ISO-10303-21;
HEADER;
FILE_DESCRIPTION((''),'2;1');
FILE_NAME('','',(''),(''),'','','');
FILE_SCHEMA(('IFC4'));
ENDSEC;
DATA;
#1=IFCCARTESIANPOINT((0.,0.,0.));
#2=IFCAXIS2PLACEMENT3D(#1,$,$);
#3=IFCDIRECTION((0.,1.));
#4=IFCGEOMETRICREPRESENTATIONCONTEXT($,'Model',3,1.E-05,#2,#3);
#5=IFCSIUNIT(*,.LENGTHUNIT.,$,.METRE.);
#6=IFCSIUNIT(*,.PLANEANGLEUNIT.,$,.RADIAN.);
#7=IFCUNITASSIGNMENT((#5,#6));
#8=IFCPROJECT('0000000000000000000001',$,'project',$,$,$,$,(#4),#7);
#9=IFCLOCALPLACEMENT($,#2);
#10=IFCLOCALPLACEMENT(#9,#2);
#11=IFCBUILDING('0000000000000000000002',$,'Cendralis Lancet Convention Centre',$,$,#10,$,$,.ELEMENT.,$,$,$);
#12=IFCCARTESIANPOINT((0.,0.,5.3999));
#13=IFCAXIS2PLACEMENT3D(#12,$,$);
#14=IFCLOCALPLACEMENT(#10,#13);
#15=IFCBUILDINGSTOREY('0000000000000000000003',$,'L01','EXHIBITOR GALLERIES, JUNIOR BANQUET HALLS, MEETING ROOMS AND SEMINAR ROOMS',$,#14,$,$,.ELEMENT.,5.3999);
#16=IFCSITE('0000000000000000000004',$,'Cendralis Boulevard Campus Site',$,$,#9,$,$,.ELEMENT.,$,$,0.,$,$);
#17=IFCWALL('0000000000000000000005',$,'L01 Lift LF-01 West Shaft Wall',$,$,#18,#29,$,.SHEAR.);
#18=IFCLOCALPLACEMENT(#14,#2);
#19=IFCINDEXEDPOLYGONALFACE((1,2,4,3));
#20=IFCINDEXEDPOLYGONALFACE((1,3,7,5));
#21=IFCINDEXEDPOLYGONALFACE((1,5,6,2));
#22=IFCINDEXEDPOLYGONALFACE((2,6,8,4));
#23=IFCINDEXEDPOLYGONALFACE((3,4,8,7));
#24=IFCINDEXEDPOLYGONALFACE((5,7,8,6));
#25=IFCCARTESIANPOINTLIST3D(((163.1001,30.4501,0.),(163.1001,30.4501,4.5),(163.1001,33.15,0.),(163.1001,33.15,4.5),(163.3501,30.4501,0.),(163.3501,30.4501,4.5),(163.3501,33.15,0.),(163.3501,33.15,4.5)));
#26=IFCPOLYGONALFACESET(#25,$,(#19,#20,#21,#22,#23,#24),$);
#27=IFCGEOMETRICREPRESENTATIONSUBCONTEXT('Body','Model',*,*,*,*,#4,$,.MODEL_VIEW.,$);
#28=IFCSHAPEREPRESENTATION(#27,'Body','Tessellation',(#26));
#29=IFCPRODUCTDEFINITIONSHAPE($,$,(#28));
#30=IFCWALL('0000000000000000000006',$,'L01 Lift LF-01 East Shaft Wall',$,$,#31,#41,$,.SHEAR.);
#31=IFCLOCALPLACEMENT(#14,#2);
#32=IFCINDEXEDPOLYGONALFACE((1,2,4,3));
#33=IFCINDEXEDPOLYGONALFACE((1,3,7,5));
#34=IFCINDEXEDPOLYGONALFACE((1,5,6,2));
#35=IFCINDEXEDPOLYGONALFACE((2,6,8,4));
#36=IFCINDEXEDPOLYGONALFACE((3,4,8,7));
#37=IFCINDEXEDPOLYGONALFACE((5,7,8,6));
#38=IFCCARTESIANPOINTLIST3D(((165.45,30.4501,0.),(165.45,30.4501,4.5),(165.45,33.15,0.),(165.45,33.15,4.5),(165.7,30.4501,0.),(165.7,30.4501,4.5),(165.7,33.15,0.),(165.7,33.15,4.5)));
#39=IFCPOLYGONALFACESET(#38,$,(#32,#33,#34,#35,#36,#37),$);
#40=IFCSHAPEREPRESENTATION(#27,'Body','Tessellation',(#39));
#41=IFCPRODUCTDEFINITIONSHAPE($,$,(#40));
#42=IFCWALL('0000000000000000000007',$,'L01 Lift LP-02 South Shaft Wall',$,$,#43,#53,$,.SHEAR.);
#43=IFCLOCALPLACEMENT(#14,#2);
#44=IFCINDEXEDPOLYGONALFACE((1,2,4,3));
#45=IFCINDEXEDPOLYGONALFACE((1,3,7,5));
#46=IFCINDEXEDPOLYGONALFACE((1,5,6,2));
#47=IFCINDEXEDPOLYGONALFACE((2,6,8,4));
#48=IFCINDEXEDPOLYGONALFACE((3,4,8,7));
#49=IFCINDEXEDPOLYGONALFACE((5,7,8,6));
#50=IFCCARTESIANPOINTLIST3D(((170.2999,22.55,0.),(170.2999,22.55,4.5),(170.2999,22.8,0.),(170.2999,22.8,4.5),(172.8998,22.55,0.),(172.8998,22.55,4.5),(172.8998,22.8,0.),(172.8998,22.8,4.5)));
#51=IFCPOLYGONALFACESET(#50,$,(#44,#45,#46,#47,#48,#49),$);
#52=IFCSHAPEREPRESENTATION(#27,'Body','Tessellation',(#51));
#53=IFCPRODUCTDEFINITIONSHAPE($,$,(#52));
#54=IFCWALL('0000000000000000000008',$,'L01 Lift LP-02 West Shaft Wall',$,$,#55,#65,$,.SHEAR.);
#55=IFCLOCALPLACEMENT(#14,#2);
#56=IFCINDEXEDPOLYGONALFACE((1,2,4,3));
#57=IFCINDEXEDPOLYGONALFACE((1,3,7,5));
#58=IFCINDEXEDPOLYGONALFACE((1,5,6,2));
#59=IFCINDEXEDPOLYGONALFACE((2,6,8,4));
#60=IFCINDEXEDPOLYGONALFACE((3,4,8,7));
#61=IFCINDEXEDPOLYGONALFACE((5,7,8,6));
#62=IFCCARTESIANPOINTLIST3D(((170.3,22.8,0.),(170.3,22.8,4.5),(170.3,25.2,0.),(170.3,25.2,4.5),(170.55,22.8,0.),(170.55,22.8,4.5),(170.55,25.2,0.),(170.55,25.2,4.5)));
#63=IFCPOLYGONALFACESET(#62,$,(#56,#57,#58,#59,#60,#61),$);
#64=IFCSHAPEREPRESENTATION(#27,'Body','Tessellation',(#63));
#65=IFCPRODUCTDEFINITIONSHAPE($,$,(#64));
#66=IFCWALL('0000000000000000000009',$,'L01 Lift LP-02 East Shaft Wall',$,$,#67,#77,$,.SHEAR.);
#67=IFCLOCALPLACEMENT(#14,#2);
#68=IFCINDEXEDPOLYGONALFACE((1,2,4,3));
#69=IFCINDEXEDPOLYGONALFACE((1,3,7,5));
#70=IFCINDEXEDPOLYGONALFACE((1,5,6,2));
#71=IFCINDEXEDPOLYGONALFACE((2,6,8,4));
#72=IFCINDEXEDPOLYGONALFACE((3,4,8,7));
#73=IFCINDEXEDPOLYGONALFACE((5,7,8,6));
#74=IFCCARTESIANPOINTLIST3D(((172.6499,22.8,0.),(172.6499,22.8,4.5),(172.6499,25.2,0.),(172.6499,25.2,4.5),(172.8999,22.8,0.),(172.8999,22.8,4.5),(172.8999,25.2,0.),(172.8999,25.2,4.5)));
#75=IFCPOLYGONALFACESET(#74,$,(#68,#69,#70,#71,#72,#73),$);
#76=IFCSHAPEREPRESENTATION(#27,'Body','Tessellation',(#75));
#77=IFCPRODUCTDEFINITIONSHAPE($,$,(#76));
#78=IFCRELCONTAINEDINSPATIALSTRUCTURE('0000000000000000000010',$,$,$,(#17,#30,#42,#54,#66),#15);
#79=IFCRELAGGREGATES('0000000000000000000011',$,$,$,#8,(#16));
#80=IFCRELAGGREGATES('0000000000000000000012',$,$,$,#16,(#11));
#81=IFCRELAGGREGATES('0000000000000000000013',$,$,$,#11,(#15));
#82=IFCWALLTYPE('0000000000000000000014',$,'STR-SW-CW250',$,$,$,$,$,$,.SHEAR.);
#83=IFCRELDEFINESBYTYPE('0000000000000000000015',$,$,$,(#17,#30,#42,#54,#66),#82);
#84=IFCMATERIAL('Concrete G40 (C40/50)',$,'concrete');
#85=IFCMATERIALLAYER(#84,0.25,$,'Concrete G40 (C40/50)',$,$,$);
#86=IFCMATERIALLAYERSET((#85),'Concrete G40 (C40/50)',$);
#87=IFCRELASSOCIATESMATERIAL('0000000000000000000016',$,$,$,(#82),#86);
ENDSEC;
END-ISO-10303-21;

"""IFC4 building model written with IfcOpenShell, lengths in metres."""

from ifc_helpers import new_model, si_unit, direction, frame, frame_2d, origin, place, context, subcontext, project, spatial, rectangle, extrude, material, layer, layer_set, type_object, element, save


model = new_model("IFC4")

# Units and contexts
model_context = context("Model", 3, precision=1e-05, world=origin(), true_north=direction((0.0, 1.0)))
body_context = subcontext(model_context, "Body", "Model", "MODEL_VIEW")
ifc_project = project(units=[si_unit("LENGTHUNIT", "METRE"), si_unit("PLANEANGLEUNIT", "RADIAN")], contexts=[model_context])

# Site, building, storey
site_placement = place(None, origin())
site = spatial("IfcSite", under=ifc_project, at=site_placement, Name="Cendralis Boulevard Campus Site", CompositionType="ELEMENT", RefElevation=0.0)
building_placement = place(site_placement, origin())
building = spatial("IfcBuilding", under=site, at=building_placement, Name="Cendralis Lancet Convention Centre", CompositionType="ELEMENT")
storey_placement = place(building_placement, frame((0.0, 0.0, 5.3999)))
storey = spatial("IfcBuildingStorey", under=building, at=storey_placement, Name="L01", Description="EXHIBITOR GALLERIES, JUNIOR BANQUET HALLS, MEETING ROOMS AND SEMINAR ROOMS", CompositionType="ELEMENT", Elevation=5.3999)

# Shared definitions
ifc_material_1 = material(Name="Concrete G40 (C40/50)", Category="concrete")

# Shared definitions
ifc_layer_1 = layer(ifc_material_1, 0.25, Name="Concrete G40 (C40/50)")
ifc_layer_set_1 = layer_set([ifc_layer_1], Name="Concrete G40 (C40/50)")
wall_type_1 = type_object("IfcWallType", Name="STR-SW-CW250", PredefinedType="SHEAR", material=ifc_layer_set_1)

# Walls
for number, where, z_axis, x_axis, name in (
    (1, (163.2251, 30.45, 0.0), (0.0, 0.0, 1.0), (0.0, 1.0, 0.0), "L01 Lift LF-01 West Shaft Wall"),
    (2, (165.575, 30.45, 0.0), (0.0, 0.0, 1.0), (0.0, 1.0, 0.0), "L01 Lift LF-01 East Shaft Wall"),
):
    element("IfcWall", number, at=place(storey_placement, frame(where, z_axis=z_axis, x_axis=x_axis)), inside=storey, type_object=wall_type_1, Name=name, PredefinedType="SHEAR", context=body_context, shape_type="SweptSolid", body=[
        extrude(rectangle(XDim=2.7, YDim=0.25, at=frame_2d((1.3501, 0.0))), origin(), (0.0, 0.0, 1.0), 4.5),
    ])
wall_1_placement = place(storey_placement, frame((170.3, 22.675, 0.0), z_axis=(0.0, 0.0, 1.0), x_axis=(1.0, 0.0, 0.0)))
element("IfcWall", 3, at=wall_1_placement, inside=storey, type_object=wall_type_1, Name="L01 Lift LP-02 South Shaft Wall", PredefinedType="SHEAR", context=body_context, shape_type="SweptSolid", body=[
    extrude(rectangle(XDim=2.5999, YDim=0.25, at=frame_2d((1.2998, 0.0))), origin(), (0.0, 0.0, 1.0), 4.5),
])

# Walls
for number, where, z_axis, x_axis, name in (
    (4, (170.425, 22.8, 0.0), (0.0, 0.0, 1.0), (0.0, 1.0, 0.0), "L01 Lift LP-02 West Shaft Wall"),
    (5, (172.7749, 22.8, 0.0), (0.0, 0.0, 1.0), (0.0, 1.0, 0.0), "L01 Lift LP-02 East Shaft Wall"),
):
    element("IfcWall", number, at=place(storey_placement, frame(where, z_axis=z_axis, x_axis=x_axis)), inside=storey, type_object=wall_type_1, Name=name, PredefinedType="SHEAR", context=body_context, shape_type="SweptSolid", body=[
        extrude(rectangle(XDim=2.3999, YDim=0.25, at=frame_2d((1.2, 0.0))), origin(), (0.0, 0.0, 1.0), 4.5),
    ])

save(model, "model.ifc")
